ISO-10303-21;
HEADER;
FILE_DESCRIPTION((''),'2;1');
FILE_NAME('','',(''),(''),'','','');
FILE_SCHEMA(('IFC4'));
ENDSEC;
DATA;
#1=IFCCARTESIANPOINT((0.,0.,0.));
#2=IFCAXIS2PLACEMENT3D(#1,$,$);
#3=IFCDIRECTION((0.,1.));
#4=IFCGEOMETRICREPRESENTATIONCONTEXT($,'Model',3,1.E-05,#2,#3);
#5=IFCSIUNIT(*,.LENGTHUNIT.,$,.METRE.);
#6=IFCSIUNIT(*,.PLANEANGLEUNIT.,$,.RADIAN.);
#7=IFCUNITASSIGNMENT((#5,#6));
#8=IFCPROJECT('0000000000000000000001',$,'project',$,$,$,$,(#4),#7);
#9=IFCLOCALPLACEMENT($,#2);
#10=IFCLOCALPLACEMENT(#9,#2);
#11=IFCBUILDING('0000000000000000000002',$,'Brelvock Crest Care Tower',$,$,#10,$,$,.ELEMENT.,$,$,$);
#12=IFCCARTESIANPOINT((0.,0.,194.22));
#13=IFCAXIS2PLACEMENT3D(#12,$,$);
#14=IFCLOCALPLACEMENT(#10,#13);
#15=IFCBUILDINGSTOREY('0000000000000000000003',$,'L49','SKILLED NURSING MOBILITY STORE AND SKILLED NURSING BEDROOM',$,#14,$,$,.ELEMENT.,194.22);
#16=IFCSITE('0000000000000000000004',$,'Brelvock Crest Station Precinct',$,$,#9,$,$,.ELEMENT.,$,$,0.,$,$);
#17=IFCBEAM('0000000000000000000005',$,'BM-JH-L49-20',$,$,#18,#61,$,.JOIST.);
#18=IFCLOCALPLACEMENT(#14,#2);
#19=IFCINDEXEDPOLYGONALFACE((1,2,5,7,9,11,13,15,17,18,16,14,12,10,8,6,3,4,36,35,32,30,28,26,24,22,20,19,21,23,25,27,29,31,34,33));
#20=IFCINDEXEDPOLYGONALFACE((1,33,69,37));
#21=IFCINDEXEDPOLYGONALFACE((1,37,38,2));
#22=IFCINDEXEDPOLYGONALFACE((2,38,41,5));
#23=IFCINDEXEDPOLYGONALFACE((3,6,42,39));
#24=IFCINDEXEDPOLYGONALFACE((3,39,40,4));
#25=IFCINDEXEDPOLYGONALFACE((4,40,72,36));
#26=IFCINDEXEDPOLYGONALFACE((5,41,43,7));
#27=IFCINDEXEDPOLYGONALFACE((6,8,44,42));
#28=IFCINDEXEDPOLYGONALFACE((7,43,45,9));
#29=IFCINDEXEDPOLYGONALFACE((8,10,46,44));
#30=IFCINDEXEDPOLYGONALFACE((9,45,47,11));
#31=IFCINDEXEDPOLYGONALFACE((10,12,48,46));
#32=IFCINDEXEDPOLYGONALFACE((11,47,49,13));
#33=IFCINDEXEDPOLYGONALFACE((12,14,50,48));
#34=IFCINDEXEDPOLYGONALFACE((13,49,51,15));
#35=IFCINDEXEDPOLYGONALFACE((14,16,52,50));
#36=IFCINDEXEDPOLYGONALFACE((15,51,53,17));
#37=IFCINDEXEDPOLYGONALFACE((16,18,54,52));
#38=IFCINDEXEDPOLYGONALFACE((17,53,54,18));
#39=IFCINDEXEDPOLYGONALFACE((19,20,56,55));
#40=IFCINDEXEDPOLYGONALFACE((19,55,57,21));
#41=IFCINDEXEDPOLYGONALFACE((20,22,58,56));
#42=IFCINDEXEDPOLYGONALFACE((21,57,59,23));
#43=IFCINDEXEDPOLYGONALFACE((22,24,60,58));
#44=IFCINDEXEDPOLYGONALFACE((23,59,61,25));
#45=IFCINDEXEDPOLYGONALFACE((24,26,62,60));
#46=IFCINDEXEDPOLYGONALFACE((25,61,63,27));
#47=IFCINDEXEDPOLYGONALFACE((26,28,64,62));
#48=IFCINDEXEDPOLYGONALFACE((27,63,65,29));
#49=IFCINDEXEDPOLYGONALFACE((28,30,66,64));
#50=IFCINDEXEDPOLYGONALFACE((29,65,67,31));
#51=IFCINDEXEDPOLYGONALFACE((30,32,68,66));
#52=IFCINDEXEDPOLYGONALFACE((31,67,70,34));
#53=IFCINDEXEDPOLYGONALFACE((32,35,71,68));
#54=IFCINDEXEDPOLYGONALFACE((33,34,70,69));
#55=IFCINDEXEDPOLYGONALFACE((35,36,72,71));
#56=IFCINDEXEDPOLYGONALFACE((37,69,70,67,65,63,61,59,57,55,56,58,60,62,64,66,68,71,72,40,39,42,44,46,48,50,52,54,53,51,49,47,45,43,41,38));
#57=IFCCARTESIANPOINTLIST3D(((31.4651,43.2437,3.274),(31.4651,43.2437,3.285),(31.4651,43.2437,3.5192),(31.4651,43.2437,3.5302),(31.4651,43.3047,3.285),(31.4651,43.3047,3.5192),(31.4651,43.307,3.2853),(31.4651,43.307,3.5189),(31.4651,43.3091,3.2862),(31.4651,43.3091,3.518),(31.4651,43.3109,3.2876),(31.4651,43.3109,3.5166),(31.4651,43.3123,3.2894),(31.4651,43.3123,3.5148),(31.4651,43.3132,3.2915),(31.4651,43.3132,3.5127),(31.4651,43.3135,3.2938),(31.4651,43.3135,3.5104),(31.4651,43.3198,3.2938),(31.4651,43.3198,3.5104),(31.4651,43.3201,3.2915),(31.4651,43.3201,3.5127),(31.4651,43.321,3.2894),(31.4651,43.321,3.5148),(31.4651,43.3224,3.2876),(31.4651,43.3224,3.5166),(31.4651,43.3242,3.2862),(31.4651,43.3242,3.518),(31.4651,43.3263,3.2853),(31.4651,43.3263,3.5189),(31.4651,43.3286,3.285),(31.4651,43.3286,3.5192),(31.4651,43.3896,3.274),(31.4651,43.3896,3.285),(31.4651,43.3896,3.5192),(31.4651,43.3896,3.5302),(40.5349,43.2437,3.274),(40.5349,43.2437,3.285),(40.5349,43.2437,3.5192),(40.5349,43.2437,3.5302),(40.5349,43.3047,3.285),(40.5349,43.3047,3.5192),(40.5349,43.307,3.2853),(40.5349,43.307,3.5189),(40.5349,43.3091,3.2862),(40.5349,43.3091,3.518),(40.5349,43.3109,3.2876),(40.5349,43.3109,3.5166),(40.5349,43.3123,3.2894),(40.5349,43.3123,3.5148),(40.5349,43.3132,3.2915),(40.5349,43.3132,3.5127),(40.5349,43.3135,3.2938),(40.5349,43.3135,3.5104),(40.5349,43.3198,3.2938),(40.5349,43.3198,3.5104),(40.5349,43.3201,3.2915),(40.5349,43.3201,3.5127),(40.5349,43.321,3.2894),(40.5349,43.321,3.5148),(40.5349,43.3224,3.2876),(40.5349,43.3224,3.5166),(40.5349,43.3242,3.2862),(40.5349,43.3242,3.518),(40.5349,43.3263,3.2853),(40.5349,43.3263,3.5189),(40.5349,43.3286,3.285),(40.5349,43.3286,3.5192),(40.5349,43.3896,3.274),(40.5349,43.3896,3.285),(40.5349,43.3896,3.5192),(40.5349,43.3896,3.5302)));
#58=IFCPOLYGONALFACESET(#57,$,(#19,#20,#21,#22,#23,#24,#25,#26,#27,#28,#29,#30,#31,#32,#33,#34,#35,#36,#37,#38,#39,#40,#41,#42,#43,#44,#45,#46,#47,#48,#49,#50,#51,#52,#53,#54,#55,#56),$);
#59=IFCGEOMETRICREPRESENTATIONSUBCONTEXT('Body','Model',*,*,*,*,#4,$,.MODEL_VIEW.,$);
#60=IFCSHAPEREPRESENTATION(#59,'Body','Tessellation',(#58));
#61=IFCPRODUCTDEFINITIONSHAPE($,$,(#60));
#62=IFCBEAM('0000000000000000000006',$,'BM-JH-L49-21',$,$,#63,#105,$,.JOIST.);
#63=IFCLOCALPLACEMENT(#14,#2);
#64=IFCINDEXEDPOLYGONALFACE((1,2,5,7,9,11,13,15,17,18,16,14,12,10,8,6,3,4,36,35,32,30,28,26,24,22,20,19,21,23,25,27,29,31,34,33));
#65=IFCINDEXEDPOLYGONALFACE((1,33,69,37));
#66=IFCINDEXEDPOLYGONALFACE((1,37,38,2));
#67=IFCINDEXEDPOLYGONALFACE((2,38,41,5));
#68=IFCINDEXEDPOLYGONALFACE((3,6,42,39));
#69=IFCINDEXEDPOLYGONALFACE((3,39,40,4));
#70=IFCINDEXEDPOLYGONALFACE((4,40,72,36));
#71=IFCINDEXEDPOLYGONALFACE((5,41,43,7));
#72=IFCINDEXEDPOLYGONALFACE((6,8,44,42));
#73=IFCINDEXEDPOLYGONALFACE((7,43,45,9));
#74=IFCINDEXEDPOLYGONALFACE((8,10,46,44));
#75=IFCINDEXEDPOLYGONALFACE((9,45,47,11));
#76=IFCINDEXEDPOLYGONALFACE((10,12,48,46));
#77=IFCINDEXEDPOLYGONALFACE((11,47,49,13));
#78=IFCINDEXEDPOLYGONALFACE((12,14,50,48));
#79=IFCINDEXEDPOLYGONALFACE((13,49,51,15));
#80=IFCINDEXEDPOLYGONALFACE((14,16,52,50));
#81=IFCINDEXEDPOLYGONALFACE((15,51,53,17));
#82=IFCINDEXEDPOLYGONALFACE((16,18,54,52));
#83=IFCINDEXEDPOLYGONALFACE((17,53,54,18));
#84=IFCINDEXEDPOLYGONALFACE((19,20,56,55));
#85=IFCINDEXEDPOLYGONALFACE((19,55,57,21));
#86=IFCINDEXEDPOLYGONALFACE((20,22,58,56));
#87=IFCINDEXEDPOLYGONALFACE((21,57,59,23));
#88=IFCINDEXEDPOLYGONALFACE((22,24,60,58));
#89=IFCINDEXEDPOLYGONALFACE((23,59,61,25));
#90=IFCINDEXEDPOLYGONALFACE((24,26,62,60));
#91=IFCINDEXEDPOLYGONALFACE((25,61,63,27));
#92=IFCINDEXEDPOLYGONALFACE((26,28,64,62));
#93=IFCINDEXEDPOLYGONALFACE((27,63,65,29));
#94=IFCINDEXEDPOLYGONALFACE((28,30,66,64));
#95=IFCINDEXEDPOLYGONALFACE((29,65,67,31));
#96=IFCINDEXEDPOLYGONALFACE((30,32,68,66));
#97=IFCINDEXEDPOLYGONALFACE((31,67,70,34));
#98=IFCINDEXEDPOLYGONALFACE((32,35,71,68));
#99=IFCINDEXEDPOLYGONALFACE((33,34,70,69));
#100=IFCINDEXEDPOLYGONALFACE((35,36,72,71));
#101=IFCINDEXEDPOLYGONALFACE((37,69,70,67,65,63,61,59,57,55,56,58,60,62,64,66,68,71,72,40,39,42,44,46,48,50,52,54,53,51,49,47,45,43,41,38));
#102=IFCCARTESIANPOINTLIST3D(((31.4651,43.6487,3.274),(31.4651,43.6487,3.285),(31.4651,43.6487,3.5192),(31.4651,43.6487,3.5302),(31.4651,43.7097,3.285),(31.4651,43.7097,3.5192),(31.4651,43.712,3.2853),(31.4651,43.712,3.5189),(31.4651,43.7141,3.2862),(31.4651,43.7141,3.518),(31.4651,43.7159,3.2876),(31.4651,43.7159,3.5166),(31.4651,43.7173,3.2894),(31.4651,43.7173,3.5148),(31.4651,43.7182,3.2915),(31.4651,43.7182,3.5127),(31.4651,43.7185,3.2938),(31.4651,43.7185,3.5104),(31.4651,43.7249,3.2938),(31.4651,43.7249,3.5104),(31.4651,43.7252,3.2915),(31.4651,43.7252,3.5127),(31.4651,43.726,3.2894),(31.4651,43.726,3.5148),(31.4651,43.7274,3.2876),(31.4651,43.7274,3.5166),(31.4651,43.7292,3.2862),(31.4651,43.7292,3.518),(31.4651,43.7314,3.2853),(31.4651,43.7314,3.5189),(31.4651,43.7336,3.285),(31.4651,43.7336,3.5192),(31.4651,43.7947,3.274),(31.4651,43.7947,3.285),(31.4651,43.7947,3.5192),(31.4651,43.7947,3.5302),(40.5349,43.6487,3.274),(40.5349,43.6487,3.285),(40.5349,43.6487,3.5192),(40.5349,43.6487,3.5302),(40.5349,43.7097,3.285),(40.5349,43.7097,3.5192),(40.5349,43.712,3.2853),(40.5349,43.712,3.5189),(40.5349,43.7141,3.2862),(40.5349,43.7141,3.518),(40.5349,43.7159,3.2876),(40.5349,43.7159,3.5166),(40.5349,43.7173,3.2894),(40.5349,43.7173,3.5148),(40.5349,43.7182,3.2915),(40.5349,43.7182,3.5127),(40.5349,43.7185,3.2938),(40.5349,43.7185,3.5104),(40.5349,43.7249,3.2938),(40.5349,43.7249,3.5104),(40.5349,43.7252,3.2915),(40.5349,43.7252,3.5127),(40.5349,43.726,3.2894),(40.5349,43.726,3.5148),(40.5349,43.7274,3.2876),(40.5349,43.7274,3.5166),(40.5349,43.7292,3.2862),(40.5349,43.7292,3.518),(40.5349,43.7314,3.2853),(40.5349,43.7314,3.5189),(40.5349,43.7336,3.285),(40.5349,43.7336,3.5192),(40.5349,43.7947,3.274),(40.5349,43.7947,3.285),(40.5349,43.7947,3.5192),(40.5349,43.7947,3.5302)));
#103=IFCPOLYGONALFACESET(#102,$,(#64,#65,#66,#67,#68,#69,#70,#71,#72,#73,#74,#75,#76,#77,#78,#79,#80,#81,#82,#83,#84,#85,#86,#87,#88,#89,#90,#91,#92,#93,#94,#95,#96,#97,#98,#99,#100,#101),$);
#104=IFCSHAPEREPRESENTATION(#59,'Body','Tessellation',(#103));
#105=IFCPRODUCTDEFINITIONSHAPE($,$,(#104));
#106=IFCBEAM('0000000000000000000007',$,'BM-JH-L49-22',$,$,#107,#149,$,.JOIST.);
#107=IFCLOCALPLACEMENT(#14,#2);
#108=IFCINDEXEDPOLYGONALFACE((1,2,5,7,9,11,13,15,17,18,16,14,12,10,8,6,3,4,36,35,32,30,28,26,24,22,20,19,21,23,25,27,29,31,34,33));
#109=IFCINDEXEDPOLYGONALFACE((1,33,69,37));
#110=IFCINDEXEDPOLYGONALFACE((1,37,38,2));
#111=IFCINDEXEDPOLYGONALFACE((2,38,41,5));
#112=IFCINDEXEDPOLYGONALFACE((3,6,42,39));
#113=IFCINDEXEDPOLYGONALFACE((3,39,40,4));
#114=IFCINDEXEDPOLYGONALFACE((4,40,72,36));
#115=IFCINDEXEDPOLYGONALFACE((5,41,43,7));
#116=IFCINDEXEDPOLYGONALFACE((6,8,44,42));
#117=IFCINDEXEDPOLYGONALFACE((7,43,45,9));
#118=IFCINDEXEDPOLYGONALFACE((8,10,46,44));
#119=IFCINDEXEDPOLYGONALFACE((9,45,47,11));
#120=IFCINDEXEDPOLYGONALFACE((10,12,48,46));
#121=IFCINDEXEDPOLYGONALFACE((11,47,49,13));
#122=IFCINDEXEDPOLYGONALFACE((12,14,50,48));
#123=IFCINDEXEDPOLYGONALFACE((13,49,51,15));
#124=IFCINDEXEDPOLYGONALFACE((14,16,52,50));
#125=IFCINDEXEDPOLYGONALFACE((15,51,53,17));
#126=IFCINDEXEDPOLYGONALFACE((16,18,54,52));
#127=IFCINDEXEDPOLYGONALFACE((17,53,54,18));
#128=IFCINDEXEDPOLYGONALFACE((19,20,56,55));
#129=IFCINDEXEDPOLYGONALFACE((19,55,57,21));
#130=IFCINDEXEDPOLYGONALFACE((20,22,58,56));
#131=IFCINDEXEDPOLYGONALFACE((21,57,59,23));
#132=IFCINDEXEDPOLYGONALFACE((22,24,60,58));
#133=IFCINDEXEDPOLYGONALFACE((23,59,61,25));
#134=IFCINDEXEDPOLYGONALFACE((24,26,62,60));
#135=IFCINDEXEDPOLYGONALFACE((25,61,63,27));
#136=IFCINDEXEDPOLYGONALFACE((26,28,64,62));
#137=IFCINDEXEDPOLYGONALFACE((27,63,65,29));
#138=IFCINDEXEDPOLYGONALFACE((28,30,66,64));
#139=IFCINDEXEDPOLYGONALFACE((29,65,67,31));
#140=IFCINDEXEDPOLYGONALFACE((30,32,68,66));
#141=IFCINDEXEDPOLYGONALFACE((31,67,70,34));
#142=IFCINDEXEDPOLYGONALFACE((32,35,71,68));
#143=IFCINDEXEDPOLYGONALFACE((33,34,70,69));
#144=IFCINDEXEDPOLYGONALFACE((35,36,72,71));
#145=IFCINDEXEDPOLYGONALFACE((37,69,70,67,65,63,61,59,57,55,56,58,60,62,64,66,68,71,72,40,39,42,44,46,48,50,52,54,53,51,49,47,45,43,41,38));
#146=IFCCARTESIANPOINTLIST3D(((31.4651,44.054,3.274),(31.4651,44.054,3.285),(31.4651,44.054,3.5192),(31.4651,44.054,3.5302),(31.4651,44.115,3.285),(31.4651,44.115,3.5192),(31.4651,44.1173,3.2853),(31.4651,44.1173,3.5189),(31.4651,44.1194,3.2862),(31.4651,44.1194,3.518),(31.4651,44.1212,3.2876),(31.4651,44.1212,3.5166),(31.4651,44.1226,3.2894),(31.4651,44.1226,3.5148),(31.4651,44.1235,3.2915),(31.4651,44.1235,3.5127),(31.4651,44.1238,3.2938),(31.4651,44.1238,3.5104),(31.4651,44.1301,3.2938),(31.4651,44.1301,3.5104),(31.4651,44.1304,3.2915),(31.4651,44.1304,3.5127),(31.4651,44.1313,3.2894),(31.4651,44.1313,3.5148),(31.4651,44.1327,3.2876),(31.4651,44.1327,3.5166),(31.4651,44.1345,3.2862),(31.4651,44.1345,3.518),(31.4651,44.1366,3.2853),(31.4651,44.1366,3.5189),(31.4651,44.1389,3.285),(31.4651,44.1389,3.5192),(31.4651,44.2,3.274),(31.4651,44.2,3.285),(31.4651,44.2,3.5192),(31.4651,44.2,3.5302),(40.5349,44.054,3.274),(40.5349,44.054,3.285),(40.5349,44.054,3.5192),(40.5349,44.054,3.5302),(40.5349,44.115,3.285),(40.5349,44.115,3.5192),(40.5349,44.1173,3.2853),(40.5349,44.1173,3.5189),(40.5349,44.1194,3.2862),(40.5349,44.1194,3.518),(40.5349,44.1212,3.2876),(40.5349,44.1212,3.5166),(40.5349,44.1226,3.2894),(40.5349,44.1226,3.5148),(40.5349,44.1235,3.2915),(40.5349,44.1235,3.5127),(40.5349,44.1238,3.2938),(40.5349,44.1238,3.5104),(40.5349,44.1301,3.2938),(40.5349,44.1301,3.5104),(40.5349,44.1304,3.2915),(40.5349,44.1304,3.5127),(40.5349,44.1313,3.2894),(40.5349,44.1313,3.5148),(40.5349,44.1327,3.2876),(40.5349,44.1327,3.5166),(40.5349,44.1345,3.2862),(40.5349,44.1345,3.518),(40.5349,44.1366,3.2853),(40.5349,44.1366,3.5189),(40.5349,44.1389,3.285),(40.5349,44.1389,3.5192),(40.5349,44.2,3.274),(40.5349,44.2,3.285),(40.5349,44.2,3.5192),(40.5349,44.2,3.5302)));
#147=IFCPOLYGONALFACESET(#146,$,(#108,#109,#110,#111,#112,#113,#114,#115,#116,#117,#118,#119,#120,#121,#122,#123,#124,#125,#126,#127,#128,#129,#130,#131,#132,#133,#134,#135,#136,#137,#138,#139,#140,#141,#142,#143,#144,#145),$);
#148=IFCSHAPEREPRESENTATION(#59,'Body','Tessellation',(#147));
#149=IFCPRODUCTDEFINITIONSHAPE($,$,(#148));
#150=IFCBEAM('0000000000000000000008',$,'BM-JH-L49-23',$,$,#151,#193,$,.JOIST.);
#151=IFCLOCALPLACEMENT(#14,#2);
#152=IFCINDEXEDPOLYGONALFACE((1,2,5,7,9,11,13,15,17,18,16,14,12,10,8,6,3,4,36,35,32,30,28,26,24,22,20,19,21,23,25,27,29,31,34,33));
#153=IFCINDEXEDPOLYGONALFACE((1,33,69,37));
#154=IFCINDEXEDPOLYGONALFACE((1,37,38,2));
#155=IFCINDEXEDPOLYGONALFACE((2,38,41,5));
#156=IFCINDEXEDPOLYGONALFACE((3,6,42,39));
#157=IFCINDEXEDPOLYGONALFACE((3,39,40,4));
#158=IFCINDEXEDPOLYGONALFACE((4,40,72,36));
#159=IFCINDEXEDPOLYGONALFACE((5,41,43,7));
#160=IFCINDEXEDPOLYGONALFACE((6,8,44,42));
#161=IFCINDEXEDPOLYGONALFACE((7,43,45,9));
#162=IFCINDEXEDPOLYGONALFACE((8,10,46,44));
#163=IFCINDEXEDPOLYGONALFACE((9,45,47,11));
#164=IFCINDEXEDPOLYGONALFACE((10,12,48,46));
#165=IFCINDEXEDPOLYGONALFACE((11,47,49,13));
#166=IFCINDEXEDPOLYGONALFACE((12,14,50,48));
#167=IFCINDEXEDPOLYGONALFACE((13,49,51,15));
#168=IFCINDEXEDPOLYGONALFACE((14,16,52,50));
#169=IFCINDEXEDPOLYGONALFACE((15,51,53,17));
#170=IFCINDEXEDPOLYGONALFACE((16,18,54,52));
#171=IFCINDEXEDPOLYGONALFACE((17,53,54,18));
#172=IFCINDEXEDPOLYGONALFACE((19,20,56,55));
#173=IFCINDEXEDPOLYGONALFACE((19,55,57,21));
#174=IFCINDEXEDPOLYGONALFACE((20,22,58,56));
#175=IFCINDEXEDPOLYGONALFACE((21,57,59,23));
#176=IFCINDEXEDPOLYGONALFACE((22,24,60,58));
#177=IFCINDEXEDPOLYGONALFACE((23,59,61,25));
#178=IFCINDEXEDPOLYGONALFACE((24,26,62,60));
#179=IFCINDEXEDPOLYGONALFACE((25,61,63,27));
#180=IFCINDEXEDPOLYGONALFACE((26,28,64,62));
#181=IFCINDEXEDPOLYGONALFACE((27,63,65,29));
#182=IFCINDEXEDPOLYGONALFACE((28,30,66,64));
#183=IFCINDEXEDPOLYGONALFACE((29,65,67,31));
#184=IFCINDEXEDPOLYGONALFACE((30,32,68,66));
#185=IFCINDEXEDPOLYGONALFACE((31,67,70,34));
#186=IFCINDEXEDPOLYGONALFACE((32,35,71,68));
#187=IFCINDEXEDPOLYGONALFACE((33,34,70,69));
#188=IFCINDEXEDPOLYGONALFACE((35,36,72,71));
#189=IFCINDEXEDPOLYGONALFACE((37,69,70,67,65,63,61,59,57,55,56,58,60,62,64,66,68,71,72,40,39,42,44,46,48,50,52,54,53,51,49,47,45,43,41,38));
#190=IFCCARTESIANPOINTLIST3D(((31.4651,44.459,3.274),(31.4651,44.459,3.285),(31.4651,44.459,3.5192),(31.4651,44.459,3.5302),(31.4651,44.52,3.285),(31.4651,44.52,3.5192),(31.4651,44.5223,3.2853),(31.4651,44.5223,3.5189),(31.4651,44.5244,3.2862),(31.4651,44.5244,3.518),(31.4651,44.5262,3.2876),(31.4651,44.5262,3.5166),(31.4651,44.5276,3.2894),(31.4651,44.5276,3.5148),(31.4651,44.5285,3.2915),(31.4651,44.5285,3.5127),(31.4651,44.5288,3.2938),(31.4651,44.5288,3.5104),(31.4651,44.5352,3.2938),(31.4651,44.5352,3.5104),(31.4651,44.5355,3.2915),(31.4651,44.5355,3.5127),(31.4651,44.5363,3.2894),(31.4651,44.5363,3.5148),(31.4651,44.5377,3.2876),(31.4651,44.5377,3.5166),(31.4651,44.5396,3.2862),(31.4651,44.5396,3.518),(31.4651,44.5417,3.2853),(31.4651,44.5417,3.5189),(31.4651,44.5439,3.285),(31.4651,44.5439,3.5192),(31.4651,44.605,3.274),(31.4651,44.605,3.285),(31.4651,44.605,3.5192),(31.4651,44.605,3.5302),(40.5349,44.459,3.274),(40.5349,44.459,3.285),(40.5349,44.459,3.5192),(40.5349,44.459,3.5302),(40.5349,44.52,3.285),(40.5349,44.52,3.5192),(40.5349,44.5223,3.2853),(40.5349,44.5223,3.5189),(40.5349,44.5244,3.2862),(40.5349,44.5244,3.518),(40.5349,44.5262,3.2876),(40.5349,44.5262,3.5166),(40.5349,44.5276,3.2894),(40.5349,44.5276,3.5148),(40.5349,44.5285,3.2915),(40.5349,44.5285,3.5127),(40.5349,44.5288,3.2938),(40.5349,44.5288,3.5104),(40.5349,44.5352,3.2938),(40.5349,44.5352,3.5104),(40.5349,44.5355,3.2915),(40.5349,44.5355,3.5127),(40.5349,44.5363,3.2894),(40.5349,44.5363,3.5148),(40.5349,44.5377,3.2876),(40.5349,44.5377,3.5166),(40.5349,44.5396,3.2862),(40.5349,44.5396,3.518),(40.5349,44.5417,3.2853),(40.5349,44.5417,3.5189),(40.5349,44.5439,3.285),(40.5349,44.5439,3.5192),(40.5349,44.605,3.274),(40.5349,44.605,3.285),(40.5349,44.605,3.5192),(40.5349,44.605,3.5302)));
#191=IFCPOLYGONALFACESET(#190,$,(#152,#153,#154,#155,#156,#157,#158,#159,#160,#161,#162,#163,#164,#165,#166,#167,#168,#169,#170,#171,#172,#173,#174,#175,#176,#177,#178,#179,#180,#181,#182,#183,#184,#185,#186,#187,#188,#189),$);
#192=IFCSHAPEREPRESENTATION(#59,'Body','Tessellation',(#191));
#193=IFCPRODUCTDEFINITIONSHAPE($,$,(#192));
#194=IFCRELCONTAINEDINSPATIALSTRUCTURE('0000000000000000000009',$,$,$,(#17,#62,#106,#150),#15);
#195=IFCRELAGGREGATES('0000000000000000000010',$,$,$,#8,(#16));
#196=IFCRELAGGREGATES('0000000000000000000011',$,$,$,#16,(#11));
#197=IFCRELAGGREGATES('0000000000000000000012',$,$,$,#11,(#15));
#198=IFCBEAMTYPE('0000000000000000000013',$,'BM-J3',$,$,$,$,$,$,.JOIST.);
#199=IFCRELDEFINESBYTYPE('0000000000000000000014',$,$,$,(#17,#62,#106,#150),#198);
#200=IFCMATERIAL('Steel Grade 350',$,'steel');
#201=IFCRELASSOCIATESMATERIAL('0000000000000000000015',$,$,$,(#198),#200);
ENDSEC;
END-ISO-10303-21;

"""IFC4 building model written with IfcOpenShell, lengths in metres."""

from ifc_helpers import new_model, si_unit, direction, frame, origin, origin_2d, place, context, subcontext, project, spatial, i_section, extrude, source, transform, mapped, material, material_profile, profile_set, type_object, element, save


model = new_model("IFC4")

# Units and contexts
model_context = context("Model", 3, precision=1e-05, world=origin(), true_north=direction((0.0, 1.0)))
body_context = subcontext(model_context, "Body", "Model", "MODEL_VIEW")
ifc_project = project(units=[si_unit("LENGTHUNIT", "METRE"), si_unit("PLANEANGLEUNIT", "RADIAN")], contexts=[model_context])

# Site, building, storey
site_placement = place(None, origin())
site = spatial("IfcSite", under=ifc_project, at=site_placement, Name="Brelvock Crest Station Precinct", CompositionType="ELEMENT", RefElevation=0.0)
building_placement = place(site_placement, origin())
building = spatial("IfcBuilding", under=site, at=building_placement, Name="Brelvock Crest Care Tower", CompositionType="ELEMENT")
storey_placement = place(building_placement, frame((0.0, 0.0, 194.22)))
storey = spatial("IfcBuildingStorey", under=building, at=storey_placement, Name="L49", Description="SKILLED NURSING MOBILITY STORE AND SKILLED NURSING BEDROOM", CompositionType="ELEMENT", Elevation=194.22)

# Beams
ifc_material_1 = material(Name="Steel Grade 350", Category="steel")
ifc_material_profile_1 = material_profile(ifc_material_1, i_section(OverallWidth=0.146, OverallDepth=0.2561, WebThickness=0.0063, FlangeThickness=0.011, FilletRadius=0.0088, at=origin_2d()), Name="250UB37.3")
ifc_profile_set_1 = profile_set([ifc_material_profile_1], Name="Steel Grade 350")
beam_type_1 = type_object("IfcBeamType", Name="BM-J3", PredefinedType="JOIST", material=ifc_profile_set_1)
shared_shape_1 = source(origin(), body_context, "Body", "SweptSolid", [
    extrude(i_section(OverallWidth=0.146, OverallDepth=0.2561, WebThickness=0.0063, FlangeThickness=0.011, FilletRadius=0.0088, at=origin_2d()), origin(), (0.0, 0.0, 1.0), 9.0698),
])
for number, where, z_axis, x_axis, name in (
    (1, (31.4651, 43.3167, 3.4021), (1.0, 0.0, 0.0), (0.0, 1.0, 0.0), "BM-JH-L49-20"),
    (2, (31.4651, 43.7217, 3.4021), (1.0, 0.0, 0.0), (0.0, 1.0, 0.0), "BM-JH-L49-21"),
    (3, (31.4651, 44.127, 3.4021), (1.0, 0.0, 0.0), (0.0, 1.0, 0.0), "BM-JH-L49-22"),
    (4, (31.4651, 44.532, 3.4021), (1.0, 0.0, 0.0), (0.0, 1.0, 0.0), "BM-JH-L49-23"),
):
    element("IfcBeam", number, at=place(storey_placement, frame(where, z_axis=z_axis, x_axis=x_axis)), inside=storey, type_object=beam_type_1, Name=name, PredefinedType="JOIST", context=body_context, shape_type="MappedRepresentation", body=[
        mapped(shared_shape_1, transform((0.0, 0.0, 0.0), x_axis=(1.0, 0.0, 0.0), y_axis=(0.0, 1.0, 0.0), z_axis=(0.0, 0.0, 1.0), scale=1.0)),
    ])

save(model, "model.ifc")
